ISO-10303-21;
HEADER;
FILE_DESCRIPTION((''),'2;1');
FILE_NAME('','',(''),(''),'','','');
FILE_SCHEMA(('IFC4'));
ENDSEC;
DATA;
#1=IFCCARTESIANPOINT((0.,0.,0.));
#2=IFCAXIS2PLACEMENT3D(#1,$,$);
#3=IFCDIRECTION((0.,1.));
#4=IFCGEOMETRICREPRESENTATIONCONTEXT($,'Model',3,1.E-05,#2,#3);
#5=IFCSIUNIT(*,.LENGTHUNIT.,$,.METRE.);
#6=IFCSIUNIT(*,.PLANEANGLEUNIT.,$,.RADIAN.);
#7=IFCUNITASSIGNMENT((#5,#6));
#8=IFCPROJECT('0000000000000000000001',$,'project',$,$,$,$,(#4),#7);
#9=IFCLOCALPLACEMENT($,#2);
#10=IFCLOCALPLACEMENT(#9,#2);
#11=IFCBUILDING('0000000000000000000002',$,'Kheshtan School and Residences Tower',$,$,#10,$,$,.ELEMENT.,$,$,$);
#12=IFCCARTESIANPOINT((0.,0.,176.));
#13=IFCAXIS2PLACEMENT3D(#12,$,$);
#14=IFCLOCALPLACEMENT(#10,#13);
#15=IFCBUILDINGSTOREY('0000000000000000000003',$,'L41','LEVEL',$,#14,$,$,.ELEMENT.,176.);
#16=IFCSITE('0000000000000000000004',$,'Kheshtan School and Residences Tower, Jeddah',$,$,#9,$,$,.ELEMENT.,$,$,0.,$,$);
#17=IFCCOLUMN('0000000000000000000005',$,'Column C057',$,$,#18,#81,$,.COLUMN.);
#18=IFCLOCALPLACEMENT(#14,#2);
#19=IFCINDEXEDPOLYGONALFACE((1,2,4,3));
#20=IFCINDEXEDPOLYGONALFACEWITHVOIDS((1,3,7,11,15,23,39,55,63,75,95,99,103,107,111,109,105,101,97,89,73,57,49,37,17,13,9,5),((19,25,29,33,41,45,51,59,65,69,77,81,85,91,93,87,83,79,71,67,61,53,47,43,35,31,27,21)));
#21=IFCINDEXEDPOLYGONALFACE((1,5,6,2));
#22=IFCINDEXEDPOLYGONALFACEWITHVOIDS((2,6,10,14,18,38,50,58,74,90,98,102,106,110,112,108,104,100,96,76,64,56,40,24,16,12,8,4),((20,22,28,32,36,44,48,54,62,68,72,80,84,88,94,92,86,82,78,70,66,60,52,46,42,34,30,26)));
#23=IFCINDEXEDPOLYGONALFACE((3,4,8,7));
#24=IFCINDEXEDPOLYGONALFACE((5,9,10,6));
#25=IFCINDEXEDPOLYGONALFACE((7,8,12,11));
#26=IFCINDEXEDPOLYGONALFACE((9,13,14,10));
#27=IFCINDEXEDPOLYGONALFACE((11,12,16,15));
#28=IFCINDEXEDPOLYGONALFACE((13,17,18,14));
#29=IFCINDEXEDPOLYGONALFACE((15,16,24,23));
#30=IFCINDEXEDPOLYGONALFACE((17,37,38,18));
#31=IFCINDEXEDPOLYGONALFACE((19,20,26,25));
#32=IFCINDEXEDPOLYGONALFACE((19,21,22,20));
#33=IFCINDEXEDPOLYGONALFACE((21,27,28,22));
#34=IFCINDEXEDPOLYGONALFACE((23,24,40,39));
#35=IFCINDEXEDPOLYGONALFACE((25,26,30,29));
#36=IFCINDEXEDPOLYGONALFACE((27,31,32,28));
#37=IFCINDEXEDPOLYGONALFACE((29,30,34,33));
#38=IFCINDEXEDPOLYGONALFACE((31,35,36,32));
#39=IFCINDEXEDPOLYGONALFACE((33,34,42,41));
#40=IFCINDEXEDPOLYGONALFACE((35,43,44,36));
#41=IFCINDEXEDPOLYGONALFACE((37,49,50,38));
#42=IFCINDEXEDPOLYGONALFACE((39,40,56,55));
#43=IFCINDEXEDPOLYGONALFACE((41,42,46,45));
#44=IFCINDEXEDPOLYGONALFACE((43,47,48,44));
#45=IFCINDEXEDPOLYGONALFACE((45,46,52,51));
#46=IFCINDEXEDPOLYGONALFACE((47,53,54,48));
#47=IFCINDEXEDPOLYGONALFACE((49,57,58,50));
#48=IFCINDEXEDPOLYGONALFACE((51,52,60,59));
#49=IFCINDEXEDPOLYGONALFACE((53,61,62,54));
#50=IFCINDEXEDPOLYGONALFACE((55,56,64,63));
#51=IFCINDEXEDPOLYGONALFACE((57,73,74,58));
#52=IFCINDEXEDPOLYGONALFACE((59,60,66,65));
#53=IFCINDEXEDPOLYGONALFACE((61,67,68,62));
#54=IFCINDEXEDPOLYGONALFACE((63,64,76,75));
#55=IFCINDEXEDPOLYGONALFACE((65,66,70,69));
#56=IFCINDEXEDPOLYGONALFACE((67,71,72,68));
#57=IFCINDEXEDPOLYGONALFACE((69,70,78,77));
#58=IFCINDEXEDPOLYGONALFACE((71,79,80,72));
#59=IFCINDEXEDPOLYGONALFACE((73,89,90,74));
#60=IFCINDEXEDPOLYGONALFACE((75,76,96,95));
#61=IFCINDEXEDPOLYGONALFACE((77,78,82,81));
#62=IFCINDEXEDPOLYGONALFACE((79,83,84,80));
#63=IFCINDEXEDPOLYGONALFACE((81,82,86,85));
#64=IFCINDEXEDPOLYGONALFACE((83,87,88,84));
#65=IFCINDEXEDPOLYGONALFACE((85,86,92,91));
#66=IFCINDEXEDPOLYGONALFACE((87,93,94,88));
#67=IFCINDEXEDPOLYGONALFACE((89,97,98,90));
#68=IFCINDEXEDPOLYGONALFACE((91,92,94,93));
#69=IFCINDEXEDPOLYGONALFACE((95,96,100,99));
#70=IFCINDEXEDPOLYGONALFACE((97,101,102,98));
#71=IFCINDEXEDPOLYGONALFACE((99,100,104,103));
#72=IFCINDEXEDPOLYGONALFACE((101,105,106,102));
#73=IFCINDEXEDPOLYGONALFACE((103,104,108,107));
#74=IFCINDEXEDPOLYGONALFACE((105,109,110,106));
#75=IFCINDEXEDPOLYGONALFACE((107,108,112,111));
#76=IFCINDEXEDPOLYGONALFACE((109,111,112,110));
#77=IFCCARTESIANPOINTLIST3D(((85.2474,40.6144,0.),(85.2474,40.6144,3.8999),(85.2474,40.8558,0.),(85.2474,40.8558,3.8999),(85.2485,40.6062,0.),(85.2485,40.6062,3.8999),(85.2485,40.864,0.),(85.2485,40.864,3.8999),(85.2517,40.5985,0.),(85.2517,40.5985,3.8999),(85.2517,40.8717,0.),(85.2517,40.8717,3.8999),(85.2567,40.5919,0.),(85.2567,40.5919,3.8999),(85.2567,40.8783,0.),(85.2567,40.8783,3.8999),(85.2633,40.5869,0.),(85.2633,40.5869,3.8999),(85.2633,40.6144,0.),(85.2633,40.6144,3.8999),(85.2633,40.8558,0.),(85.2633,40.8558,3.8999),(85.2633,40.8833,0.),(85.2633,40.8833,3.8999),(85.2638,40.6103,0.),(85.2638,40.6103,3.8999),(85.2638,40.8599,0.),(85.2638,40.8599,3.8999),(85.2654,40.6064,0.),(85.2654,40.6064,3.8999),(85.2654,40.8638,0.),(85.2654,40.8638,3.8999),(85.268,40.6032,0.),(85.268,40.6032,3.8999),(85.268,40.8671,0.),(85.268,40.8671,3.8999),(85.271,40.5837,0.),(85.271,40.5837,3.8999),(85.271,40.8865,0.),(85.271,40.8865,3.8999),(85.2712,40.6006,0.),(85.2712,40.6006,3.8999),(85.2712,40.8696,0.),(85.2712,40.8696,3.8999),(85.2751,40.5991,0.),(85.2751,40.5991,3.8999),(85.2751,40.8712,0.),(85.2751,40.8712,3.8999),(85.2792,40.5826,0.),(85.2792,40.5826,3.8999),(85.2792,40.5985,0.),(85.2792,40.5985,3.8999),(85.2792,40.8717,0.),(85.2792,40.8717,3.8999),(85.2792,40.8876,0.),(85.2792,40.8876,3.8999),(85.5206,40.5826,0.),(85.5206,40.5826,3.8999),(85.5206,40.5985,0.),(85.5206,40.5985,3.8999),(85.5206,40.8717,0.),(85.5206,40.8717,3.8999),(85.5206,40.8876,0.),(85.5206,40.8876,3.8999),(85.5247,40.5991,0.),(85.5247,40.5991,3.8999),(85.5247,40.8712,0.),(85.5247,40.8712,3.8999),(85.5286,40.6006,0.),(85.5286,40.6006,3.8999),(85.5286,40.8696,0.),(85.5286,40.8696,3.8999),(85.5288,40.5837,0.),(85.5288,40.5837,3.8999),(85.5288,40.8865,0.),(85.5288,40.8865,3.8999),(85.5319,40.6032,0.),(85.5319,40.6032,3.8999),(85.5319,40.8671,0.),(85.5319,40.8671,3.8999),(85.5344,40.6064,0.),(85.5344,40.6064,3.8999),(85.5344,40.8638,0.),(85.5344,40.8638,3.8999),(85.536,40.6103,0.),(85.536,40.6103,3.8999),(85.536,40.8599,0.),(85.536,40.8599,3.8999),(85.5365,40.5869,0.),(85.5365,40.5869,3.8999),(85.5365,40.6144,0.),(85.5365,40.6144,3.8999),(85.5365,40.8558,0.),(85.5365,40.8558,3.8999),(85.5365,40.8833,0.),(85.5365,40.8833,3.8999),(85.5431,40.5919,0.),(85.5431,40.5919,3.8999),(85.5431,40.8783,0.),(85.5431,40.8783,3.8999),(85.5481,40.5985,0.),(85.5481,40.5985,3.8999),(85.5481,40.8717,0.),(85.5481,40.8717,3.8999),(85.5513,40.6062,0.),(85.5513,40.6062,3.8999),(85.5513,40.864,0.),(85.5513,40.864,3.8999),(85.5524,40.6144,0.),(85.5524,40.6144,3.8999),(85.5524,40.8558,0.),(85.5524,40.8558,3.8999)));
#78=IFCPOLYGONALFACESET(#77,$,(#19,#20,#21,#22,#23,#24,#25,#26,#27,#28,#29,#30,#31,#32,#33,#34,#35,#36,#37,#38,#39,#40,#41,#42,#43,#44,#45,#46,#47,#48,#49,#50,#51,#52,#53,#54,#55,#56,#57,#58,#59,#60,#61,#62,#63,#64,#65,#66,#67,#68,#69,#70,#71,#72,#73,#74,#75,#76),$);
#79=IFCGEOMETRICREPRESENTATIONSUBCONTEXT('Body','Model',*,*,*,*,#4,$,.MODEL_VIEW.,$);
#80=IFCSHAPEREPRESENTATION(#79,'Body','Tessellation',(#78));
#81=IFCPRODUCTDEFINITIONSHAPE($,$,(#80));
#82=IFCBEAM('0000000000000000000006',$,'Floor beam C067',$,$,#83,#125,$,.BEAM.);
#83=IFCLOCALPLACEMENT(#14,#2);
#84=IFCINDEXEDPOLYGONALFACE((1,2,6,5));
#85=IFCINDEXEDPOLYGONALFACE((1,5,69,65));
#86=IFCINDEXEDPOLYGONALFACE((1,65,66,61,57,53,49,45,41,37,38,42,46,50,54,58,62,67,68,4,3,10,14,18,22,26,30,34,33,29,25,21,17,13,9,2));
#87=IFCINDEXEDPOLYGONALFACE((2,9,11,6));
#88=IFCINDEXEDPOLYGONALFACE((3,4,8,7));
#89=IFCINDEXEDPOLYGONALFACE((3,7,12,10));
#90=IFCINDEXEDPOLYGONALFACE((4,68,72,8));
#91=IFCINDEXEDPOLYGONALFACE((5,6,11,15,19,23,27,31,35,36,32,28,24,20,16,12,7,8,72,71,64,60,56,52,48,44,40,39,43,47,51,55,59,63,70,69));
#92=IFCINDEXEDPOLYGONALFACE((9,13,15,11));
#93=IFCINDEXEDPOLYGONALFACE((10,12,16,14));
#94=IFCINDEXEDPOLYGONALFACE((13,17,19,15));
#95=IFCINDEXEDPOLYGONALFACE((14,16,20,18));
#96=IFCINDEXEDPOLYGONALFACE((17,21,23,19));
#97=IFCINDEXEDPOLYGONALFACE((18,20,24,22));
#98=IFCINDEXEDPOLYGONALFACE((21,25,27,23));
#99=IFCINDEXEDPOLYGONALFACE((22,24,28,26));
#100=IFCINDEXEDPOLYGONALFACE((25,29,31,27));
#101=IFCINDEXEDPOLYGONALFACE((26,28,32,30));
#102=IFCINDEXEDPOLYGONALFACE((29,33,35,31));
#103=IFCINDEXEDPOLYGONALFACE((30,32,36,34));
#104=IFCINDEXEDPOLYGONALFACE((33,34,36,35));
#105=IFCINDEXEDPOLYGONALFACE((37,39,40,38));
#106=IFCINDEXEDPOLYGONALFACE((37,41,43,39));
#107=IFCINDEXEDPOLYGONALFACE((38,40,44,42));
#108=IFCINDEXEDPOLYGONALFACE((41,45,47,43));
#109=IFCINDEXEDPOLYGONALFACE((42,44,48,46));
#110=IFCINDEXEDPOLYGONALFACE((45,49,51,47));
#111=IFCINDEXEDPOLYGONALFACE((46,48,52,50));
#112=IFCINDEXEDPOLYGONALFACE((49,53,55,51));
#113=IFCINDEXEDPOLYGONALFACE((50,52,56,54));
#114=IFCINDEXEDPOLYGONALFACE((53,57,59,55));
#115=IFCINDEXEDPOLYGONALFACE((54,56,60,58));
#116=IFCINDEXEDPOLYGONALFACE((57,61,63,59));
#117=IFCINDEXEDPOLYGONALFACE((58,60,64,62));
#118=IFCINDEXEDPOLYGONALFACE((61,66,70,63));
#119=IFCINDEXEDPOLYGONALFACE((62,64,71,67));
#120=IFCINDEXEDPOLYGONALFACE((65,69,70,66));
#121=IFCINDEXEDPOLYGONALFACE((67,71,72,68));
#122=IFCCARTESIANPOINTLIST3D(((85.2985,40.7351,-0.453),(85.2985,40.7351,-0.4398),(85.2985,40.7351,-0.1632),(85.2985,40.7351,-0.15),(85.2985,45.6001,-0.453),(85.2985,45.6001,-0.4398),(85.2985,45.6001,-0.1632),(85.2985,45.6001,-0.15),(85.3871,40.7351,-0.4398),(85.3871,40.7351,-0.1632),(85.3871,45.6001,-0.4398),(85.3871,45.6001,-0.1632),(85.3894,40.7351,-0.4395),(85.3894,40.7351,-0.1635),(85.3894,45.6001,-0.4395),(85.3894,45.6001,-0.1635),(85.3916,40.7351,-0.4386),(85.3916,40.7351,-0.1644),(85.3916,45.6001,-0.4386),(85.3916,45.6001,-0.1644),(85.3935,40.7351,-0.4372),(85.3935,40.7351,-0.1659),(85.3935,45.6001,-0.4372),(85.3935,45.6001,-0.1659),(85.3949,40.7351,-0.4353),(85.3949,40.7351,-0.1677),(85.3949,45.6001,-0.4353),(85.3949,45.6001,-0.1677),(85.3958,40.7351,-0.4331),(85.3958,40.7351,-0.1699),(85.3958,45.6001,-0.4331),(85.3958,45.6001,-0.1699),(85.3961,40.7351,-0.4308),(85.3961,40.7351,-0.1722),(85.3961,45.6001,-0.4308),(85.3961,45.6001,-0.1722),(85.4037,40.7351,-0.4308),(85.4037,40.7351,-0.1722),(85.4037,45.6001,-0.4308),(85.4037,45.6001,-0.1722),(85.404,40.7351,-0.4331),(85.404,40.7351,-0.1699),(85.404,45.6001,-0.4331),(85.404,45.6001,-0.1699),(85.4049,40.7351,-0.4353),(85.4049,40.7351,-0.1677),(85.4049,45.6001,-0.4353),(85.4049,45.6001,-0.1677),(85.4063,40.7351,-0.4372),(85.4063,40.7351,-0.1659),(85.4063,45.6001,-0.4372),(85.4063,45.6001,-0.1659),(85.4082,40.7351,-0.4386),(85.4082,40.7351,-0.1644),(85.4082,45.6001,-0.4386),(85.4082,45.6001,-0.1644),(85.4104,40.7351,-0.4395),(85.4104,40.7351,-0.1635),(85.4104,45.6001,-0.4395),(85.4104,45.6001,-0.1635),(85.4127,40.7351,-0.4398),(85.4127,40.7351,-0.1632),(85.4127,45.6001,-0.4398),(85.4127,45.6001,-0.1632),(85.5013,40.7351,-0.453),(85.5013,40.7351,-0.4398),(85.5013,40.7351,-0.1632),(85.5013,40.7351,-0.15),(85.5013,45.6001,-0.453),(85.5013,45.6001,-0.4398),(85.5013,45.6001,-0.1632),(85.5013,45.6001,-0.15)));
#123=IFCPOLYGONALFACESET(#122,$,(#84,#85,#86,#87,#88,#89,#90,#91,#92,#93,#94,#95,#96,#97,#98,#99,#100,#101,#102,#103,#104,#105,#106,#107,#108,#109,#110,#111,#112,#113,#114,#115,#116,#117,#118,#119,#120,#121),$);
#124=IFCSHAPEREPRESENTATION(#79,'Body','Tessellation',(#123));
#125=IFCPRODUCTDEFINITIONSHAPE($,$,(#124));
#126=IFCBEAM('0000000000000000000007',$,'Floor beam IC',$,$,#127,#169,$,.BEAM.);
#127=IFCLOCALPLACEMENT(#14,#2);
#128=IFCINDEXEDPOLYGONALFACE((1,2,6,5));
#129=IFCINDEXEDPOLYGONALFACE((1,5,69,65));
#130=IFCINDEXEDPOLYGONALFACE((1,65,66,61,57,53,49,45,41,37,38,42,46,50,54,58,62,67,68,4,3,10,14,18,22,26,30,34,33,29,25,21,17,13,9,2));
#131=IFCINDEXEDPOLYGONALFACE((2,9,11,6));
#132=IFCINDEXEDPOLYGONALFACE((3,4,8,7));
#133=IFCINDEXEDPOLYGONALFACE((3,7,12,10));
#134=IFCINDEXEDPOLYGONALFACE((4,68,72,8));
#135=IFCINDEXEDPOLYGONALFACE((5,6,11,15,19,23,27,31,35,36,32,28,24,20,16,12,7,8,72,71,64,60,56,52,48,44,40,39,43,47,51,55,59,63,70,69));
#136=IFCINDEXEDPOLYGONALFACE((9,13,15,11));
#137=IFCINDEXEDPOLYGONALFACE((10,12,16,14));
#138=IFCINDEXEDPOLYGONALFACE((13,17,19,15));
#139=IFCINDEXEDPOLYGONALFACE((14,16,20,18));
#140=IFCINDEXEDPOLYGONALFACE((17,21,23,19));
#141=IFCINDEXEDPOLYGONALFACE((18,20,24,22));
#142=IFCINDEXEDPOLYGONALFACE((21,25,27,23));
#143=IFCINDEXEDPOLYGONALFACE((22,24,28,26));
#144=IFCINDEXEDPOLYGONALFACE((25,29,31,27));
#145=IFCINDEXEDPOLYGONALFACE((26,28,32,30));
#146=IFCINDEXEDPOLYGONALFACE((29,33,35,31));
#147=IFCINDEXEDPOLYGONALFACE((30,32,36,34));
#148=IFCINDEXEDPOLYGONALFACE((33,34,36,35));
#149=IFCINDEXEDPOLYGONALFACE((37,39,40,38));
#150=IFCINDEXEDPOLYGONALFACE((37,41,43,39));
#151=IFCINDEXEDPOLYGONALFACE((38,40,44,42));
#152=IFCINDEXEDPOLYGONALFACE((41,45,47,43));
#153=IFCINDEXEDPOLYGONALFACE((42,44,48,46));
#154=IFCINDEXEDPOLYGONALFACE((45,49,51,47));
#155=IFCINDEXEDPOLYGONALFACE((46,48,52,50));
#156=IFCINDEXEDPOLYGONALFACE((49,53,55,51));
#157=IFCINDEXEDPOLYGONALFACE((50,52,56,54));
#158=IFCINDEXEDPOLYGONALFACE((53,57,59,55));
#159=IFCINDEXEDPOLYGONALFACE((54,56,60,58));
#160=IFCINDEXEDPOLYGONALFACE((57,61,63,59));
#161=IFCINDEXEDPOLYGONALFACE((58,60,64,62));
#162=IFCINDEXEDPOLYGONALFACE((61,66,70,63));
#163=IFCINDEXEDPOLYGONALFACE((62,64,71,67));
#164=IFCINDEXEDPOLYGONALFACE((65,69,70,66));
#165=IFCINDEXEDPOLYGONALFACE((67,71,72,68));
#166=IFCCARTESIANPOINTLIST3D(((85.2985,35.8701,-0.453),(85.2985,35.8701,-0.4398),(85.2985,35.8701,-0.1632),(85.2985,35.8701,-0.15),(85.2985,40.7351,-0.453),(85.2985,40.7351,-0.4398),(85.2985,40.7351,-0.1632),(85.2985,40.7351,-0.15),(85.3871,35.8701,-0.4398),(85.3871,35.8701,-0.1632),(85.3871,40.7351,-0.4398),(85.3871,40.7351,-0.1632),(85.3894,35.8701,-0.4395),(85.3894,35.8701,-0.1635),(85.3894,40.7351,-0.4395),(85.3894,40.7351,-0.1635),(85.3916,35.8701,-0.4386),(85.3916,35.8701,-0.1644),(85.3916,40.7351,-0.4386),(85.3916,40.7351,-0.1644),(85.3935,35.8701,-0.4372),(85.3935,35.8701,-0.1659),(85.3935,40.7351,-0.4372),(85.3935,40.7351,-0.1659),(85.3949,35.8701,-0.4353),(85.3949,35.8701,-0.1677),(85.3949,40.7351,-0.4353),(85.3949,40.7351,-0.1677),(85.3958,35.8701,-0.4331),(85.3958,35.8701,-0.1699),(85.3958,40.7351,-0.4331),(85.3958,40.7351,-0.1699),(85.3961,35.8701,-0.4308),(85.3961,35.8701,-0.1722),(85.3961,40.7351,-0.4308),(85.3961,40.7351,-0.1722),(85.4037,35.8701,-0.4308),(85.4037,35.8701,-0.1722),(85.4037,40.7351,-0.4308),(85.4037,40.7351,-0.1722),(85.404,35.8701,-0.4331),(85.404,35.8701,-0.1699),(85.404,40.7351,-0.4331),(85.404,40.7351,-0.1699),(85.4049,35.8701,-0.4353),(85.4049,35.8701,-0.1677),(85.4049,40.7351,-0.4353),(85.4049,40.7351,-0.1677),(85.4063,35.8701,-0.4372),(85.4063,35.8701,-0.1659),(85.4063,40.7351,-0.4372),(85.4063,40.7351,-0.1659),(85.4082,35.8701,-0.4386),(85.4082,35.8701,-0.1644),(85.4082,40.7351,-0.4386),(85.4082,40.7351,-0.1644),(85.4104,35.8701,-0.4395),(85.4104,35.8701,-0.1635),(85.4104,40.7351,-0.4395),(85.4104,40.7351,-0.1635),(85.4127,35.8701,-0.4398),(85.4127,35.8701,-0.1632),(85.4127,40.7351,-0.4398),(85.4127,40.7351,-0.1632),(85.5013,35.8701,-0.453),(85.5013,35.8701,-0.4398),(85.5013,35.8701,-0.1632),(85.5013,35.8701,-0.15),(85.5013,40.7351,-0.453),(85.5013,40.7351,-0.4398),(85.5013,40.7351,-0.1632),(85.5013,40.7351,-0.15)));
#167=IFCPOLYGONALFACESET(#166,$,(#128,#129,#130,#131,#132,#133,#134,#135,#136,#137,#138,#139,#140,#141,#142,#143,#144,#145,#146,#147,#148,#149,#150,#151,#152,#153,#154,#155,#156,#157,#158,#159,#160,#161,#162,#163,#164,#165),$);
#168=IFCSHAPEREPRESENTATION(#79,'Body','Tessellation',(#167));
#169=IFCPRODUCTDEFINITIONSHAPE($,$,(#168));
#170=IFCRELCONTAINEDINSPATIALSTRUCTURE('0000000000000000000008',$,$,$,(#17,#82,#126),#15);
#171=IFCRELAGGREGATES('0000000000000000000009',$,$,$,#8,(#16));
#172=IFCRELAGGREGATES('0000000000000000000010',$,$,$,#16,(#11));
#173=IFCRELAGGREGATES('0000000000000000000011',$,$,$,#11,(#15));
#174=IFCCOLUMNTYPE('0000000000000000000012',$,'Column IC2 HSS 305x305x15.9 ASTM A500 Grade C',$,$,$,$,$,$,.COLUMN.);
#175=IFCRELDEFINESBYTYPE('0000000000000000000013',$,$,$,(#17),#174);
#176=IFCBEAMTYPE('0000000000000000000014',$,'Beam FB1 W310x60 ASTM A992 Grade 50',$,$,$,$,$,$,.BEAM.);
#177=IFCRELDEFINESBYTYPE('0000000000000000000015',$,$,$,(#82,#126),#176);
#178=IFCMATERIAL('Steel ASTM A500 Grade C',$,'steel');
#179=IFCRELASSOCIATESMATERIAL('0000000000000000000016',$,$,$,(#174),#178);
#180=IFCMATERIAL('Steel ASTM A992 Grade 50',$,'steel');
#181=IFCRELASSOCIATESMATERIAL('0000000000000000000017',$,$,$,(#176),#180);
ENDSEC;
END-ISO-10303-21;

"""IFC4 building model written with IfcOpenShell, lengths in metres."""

from ifc_helpers import new_model, si_unit, direction, frame, origin, origin_2d, place, context, subcontext, project, spatial, hollow_rectangle, i_section, extrude, material, material_profile, profile_set, type_object, element, save


model = new_model("IFC4")

# Units and contexts
model_context = context("Model", 3, precision=1e-05, world=origin(), true_north=direction((0.0, 1.0)))
body_context = subcontext(model_context, "Body", "Model", "MODEL_VIEW")
ifc_project = project(units=[si_unit("LENGTHUNIT", "METRE"), si_unit("PLANEANGLEUNIT", "RADIAN")], contexts=[model_context])

# Site, building, storey
site_placement = place(None, origin())
site = spatial("IfcSite", under=ifc_project, at=site_placement, Name="Kheshtan School and Residences Tower, Jeddah", CompositionType="ELEMENT", RefElevation=0.0)
building_placement = place(site_placement, origin())
building = spatial("IfcBuilding", under=site, at=building_placement, Name="Kheshtan School and Residences Tower", CompositionType="ELEMENT")
storey_placement = place(building_placement, frame((0.0, 0.0, 176.0)))
storey = spatial("IfcBuildingStorey", under=building, at=storey_placement, Name="L41", Description="LEVEL", CompositionType="ELEMENT", Elevation=176.0)

# Column
ifc_material_1 = material(Name="Steel ASTM A992 Grade 50", Category="steel")
ifc_material_2 = material(Name="Steel ASTM A500 Grade C", Category="steel")
ifc_material_profile_1 = material_profile(ifc_material_2, hollow_rectangle(XDim=0.3049, YDim=0.3049, WallThickness=0.0159, InnerFilletRadius=0.0159, OuterFilletRadius=0.0317, at=origin_2d()), Name="HSS 305x305x15.9")
ifc_profile_set_1 = profile_set([ifc_material_profile_1], Name="Steel ASTM A500 Grade C")
column_type_1 = type_object("IfcColumnType", Name="Column IC2 HSS 305x305x15.9 ASTM A500 Grade C", PredefinedType="COLUMN", material=ifc_profile_set_1)
for number, where, z_axis, x_axis, name in (
    (1, (85.3999, 40.7351, 0.0), (0.0, 0.0, 1.0), (1.0, 0.0, 0.0), "Column C057"),
):
    element("IfcColumn", number, at=place(storey_placement, frame(where, z_axis=z_axis, x_axis=x_axis)), inside=storey, type_object=column_type_1, Name=name, PredefinedType="COLUMN", context=body_context, shape_type="SweptSolid", body=[
        extrude(hollow_rectangle(XDim=0.3049, YDim=0.3049, WallThickness=0.0159, InnerFilletRadius=0.0159, OuterFilletRadius=0.0317, at=origin_2d()), origin(), (0.0, 0.0, 1.0), 3.8999),
    ])

# Beams
ifc_material_profile_2 = material_profile(ifc_material_1, i_section(OverallWidth=0.2029, OverallDepth=0.303, WebThickness=0.0076, FlangeThickness=0.0132, FilletRadius=0.009, at=origin_2d()), Name="W310x60")
ifc_profile_set_2 = profile_set([ifc_material_profile_2], Name="Steel ASTM A992 Grade 50")
beam_type_1 = type_object("IfcBeamType", Name="Beam FB1 W310x60 ASTM A992 Grade 50", PredefinedType="BEAM", material=ifc_profile_set_2)
for number, where, z_axis, x_axis, name in (
    (2, (85.3999, 45.6001, -0.3015), (0.0, -1.0, 0.0), (1.0, 0.0, 0.0), "Floor beam C067"),
    (3, (85.3999, 40.7351, -0.3015), (0.0, -1.0, 0.0), (1.0, 0.0, 0.0), "Floor beam IC"),
):
    element("IfcBeam", number, at=place(storey_placement, frame(where, z_axis=z_axis, x_axis=x_axis)), inside=storey, type_object=beam_type_1, Name=name, PredefinedType="BEAM", context=body_context, shape_type="SweptSolid", body=[
        extrude(i_section(OverallWidth=0.2029, OverallDepth=0.303, WebThickness=0.0076, FlangeThickness=0.0132, FilletRadius=0.009, at=origin_2d()), origin(), (0.0, 0.0, 1.0), 4.865),
    ])

save(model, "model.ifc")
